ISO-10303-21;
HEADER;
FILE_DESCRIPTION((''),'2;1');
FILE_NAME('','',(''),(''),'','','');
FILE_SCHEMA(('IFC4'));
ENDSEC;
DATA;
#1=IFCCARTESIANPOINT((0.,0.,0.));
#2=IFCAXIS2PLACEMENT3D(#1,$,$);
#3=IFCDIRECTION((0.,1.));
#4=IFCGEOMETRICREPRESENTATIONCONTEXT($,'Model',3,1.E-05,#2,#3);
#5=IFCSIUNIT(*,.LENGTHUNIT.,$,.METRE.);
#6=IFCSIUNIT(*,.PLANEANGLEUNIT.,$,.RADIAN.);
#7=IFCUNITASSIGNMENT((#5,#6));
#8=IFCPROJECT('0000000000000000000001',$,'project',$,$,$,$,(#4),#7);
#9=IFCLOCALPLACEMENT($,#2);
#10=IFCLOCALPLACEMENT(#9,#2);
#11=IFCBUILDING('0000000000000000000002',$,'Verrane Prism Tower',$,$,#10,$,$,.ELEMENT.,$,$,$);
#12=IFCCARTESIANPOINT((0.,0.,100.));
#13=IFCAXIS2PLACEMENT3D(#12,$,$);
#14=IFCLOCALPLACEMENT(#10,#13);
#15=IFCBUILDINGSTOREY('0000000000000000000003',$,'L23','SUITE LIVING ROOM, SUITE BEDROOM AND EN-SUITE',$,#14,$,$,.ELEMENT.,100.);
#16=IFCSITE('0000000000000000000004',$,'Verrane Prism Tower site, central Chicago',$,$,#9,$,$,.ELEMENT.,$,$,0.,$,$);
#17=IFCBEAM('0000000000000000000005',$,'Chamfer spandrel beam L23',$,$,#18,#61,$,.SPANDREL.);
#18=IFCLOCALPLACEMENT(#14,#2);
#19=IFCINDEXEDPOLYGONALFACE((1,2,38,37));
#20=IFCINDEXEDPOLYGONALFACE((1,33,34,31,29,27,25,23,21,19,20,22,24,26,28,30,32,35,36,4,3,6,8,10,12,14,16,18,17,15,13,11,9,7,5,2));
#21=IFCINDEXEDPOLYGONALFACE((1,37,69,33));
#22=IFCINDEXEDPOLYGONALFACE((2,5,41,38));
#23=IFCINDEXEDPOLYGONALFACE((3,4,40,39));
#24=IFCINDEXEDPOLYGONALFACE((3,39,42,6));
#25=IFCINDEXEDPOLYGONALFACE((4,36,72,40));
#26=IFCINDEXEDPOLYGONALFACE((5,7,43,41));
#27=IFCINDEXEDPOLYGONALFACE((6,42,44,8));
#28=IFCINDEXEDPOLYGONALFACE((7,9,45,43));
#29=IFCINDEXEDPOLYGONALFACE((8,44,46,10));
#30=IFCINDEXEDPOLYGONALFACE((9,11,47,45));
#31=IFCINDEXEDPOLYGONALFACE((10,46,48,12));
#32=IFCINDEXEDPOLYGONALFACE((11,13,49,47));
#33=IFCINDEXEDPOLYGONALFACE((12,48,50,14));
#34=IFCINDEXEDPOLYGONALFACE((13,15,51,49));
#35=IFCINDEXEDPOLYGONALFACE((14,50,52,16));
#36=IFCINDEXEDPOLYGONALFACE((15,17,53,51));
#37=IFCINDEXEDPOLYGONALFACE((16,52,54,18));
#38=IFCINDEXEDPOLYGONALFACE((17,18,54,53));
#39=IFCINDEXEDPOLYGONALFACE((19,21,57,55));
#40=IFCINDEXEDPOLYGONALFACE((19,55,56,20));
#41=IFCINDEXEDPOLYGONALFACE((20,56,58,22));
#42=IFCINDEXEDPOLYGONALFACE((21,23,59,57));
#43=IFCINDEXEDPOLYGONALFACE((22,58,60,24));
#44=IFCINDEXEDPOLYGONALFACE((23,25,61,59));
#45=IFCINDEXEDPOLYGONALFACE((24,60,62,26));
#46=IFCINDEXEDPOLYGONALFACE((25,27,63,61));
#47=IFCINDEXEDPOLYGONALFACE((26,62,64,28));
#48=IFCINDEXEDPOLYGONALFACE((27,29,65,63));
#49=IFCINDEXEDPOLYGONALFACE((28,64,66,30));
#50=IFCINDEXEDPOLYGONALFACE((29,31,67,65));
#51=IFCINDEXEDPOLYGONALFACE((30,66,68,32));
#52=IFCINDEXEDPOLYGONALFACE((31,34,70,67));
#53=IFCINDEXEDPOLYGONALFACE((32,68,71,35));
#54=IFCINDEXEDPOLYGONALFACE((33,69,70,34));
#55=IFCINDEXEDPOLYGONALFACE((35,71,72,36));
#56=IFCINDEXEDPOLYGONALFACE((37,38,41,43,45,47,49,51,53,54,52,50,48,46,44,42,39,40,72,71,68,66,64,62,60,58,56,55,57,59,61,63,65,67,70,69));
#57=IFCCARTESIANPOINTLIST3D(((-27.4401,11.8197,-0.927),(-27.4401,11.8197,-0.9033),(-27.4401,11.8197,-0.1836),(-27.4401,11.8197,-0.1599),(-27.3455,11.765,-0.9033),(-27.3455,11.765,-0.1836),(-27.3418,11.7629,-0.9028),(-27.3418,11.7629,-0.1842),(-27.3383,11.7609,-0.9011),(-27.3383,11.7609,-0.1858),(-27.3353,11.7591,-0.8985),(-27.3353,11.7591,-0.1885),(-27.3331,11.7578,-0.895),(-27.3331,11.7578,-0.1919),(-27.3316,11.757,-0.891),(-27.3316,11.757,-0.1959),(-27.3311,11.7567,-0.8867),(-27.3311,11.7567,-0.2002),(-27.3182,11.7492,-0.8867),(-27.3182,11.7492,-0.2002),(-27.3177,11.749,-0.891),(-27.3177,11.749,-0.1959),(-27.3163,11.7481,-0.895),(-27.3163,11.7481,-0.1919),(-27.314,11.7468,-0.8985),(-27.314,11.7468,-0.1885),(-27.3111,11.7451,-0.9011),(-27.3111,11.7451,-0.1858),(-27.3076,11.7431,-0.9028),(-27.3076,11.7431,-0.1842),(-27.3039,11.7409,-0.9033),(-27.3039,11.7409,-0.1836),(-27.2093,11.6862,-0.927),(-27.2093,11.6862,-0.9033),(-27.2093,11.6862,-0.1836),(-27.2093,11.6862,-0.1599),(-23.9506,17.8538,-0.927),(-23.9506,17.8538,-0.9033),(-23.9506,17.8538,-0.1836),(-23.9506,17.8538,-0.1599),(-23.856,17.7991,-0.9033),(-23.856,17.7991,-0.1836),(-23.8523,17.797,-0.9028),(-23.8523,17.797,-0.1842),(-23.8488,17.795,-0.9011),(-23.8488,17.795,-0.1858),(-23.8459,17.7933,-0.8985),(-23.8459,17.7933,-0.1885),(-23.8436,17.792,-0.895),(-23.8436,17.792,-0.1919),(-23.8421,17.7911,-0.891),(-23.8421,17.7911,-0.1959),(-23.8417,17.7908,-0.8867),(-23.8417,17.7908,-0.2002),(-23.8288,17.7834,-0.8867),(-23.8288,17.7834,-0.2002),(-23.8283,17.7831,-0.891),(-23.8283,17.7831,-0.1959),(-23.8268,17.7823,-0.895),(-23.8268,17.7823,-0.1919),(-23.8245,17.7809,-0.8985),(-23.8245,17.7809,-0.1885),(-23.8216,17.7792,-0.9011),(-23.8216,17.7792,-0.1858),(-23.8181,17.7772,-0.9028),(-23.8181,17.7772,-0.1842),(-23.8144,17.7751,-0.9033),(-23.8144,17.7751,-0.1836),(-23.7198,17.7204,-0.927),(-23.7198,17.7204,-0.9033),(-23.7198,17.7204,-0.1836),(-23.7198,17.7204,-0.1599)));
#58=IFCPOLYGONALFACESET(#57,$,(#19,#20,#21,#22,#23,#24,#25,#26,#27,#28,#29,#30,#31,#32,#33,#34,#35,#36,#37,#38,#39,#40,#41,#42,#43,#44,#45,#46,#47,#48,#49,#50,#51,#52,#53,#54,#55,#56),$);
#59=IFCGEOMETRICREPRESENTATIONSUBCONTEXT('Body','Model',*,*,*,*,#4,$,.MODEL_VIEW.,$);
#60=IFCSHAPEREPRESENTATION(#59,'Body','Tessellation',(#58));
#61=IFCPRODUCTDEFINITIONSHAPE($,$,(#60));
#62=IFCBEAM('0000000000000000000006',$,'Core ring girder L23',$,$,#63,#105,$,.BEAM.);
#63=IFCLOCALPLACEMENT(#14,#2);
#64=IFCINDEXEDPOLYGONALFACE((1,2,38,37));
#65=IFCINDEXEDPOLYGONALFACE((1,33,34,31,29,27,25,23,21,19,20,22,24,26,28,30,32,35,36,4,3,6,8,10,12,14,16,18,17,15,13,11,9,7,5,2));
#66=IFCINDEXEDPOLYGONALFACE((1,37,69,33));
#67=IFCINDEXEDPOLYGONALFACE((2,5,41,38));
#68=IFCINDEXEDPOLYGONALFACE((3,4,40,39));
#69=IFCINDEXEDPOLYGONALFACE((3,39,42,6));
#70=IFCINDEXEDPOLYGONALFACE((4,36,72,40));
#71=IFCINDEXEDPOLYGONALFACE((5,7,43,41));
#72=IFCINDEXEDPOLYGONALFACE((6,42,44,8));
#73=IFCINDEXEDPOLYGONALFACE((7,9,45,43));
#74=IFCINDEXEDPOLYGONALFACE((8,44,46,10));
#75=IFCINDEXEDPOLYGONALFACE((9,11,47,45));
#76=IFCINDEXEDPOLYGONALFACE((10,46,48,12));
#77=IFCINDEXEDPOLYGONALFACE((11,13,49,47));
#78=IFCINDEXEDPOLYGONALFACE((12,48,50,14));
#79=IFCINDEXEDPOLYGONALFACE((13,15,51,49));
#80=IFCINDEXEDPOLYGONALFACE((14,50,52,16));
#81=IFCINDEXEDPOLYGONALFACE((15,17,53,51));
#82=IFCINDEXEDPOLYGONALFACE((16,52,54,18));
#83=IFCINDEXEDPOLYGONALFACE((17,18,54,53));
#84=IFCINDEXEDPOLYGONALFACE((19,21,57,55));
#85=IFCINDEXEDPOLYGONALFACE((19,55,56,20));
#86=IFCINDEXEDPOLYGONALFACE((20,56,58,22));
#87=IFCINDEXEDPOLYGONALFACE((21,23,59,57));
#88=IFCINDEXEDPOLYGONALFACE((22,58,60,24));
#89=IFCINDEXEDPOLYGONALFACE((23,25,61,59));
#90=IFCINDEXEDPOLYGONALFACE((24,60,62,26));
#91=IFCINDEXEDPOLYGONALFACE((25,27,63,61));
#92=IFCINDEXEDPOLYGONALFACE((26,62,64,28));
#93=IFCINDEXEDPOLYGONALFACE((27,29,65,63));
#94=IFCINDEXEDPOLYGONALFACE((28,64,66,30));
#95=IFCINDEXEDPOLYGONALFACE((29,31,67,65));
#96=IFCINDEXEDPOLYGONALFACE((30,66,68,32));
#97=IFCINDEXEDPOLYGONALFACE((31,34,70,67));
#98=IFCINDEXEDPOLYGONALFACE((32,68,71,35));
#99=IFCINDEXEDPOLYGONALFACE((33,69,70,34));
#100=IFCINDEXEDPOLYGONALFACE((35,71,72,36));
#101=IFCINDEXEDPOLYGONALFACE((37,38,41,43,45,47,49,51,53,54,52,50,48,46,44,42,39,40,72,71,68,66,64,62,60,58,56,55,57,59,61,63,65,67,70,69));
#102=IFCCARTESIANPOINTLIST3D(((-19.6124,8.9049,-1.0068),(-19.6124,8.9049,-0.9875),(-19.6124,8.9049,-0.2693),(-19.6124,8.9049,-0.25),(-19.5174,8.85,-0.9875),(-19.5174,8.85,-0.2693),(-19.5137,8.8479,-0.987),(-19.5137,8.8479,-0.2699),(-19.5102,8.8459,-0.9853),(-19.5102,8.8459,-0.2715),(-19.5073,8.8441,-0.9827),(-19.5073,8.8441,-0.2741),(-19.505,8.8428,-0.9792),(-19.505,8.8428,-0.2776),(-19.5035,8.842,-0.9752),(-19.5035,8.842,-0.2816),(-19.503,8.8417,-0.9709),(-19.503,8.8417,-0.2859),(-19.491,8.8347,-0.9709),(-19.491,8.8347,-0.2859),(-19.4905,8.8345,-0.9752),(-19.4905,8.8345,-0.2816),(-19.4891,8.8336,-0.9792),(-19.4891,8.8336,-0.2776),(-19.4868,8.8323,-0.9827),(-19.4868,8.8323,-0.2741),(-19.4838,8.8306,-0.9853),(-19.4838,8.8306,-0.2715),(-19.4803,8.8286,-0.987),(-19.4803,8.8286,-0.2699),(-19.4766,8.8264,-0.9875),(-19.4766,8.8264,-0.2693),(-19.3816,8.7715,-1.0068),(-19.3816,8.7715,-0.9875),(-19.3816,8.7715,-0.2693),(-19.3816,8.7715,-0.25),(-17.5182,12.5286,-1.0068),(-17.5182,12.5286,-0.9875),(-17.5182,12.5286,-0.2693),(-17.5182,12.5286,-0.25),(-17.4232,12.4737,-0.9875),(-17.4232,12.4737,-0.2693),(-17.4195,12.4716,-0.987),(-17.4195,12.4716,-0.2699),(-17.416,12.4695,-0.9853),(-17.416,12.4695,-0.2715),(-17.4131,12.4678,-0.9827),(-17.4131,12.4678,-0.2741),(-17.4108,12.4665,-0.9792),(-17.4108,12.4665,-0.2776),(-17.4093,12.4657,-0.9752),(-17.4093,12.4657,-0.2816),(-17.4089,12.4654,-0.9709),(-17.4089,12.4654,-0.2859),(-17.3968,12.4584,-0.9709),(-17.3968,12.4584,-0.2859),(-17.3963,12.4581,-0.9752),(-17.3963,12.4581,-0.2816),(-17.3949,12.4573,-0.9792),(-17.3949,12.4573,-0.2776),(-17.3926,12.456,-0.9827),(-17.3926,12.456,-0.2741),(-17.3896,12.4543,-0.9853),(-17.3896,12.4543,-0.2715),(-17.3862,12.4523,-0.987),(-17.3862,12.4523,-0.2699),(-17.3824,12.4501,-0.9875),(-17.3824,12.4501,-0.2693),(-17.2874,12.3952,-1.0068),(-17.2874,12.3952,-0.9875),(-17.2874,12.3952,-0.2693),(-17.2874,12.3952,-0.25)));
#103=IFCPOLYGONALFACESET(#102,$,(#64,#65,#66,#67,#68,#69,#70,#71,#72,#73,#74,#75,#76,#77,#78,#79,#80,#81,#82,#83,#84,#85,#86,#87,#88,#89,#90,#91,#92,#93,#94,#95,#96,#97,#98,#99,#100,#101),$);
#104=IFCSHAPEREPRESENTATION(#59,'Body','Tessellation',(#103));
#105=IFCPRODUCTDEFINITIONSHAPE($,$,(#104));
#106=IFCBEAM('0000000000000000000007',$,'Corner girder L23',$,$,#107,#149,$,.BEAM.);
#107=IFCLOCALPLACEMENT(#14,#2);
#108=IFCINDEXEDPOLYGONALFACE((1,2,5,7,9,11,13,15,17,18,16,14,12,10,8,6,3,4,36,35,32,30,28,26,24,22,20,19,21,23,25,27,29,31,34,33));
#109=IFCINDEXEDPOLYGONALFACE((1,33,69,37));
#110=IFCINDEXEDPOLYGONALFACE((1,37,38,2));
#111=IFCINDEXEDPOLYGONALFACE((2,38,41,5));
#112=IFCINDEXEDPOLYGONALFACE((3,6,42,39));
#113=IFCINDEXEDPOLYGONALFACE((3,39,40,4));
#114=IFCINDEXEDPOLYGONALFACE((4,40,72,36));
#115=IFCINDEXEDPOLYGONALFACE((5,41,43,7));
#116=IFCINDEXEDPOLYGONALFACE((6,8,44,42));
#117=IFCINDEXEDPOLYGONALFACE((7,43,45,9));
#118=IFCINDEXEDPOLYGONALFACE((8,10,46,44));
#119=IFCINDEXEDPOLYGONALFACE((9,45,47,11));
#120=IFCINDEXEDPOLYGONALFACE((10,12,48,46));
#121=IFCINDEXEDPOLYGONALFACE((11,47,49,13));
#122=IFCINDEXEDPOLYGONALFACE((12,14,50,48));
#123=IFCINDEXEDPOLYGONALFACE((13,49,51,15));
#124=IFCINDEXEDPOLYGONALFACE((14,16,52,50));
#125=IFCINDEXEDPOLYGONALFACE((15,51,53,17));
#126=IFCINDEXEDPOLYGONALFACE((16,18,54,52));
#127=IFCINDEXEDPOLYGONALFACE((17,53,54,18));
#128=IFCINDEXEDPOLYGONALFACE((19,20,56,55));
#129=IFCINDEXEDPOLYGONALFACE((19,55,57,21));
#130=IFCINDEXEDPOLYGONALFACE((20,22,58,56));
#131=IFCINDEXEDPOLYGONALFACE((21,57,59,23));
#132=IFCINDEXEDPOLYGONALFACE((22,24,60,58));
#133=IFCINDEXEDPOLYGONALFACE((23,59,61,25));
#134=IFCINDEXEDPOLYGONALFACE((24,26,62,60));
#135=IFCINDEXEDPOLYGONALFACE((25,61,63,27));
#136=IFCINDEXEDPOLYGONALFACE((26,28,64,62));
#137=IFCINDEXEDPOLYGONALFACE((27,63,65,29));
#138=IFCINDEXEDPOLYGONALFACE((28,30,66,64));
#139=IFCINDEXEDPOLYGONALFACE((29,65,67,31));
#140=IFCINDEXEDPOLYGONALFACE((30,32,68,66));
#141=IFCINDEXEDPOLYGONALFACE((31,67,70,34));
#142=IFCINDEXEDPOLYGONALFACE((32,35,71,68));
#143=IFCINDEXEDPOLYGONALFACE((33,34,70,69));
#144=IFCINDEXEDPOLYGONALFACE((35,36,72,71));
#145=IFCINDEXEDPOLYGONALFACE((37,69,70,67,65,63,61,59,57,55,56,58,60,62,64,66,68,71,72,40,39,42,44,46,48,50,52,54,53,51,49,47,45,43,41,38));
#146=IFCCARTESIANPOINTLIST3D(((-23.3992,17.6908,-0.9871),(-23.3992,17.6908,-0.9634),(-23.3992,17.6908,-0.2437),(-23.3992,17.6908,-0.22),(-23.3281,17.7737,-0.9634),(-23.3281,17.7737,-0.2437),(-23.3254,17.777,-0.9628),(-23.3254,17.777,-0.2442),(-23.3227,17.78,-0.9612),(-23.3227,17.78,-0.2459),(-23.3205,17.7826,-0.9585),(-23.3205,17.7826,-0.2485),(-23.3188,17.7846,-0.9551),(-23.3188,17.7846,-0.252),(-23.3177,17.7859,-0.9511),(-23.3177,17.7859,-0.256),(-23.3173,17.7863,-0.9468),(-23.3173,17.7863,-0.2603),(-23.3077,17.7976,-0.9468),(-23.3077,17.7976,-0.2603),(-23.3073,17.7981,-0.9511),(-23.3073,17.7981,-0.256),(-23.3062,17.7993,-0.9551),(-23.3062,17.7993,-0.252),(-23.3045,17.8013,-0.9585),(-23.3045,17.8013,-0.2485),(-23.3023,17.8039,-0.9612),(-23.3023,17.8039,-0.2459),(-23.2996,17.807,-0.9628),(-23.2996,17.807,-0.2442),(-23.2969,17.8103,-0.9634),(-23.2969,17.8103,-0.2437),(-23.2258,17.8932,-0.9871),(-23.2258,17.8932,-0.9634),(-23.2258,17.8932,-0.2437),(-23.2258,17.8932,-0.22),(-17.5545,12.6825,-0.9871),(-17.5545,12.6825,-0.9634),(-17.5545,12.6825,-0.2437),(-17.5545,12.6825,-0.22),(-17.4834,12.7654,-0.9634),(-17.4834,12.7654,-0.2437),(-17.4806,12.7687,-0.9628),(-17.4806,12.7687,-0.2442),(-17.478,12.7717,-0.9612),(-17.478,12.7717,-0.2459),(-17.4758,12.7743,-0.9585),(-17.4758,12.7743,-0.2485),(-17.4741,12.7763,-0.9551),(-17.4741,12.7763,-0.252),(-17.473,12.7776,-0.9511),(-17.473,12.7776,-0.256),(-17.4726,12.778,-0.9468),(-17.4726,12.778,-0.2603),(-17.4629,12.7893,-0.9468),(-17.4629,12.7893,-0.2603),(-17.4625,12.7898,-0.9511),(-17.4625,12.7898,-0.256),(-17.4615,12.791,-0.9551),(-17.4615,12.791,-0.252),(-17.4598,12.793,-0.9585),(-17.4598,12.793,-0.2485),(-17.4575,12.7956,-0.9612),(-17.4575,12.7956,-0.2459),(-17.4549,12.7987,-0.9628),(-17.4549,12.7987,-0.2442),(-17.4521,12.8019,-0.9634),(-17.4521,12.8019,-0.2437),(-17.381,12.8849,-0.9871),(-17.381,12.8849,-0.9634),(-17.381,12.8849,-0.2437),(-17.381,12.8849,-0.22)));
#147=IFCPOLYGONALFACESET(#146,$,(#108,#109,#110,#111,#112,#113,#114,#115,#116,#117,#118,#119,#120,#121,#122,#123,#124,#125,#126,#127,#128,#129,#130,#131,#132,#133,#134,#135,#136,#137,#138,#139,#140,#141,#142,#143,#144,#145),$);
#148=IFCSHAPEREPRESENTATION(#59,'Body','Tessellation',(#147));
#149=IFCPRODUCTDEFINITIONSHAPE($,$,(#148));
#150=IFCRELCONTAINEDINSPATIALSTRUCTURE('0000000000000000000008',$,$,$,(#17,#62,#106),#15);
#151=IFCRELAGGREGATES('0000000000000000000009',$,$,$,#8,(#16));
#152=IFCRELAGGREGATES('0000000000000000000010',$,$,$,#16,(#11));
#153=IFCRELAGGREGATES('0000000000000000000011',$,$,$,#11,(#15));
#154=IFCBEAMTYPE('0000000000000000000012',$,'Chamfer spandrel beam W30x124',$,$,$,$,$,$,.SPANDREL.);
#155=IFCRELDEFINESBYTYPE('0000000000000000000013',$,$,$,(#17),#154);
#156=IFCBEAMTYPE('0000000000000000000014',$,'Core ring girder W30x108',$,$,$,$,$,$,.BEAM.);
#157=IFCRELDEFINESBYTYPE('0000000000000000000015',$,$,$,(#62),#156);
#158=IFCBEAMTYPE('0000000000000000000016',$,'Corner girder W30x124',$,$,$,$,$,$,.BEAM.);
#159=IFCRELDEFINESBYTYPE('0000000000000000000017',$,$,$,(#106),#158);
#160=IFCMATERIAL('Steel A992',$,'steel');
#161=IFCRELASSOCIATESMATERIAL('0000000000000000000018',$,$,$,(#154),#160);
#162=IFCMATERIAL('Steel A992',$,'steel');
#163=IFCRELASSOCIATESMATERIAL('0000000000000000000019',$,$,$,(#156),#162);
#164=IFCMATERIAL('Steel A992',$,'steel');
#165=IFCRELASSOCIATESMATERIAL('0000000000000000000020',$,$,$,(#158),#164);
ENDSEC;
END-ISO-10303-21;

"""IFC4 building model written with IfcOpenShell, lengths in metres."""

from ifc_helpers import new_model, si_unit, direction, frame, origin, origin_2d, place, context, subcontext, project, spatial, i_section, extrude, material, material_profile, profile_set, type_object, element, save


model = new_model("IFC4")

# Units and contexts
model_context = context("Model", 3, precision=1e-05, world=origin(), true_north=direction((0.0, 1.0)))
body_context = subcontext(model_context, "Body", "Model", "MODEL_VIEW")
ifc_project = project(units=[si_unit("LENGTHUNIT", "METRE"), si_unit("PLANEANGLEUNIT", "RADIAN")], contexts=[model_context])

# Site, building, storey
site_placement = place(None, origin())
site = spatial("IfcSite", under=ifc_project, at=site_placement, Name="Verrane Prism Tower site, central Chicago", CompositionType="ELEMENT", RefElevation=0.0)
building_placement = place(site_placement, origin())
building = spatial("IfcBuilding", under=site, at=building_placement, Name="Verrane Prism Tower", CompositionType="ELEMENT")
storey_placement = place(building_placement, frame((0.0, 0.0, 100.0)))
storey = spatial("IfcBuildingStorey", under=building, at=storey_placement, Name="L23", Description="SUITE LIVING ROOM, SUITE BEDROOM AND EN-SUITE", CompositionType="ELEMENT", Elevation=100.0)

# Beams
ifc_material_1 = material(Name="Steel A992", Category="steel")
ifc_material_profile_1 = material_profile(ifc_material_1, i_section(OverallWidth=0.2666, OverallDepth=0.7671, WebThickness=0.0149, FlangeThickness=0.0237, FilletRadius=0.0166, at=origin_2d()), Name="W30x124")
ifc_profile_set_1 = profile_set([ifc_material_profile_1], Name="Steel A992")
beam_type_1 = type_object("IfcBeamType", Name="Chamfer spandrel beam W30x124", PredefinedType="SPANDREL", material=ifc_profile_set_1)
beam_1_placement = place(storey_placement, frame((-23.8352, 17.7871, -0.5435), z_axis=(-0.50061, -0.865673, 0.0), x_axis=(0.865673, -0.50061, 0.0)))
element("IfcBeam", 1, at=beam_1_placement, inside=storey, type_object=beam_type_1, Name="Chamfer spandrel beam L23", PredefinedType="SPANDREL", context=body_context, shape_type="SweptSolid", body=[
    extrude(i_section(OverallWidth=0.2666, OverallDepth=0.7671, WebThickness=0.0149, FlangeThickness=0.0237, FilletRadius=0.0166, at=origin_2d()), origin(), (0.0, 0.0, 1.0), 6.9705),
])
ifc_material_2 = material(Name="Steel A992", Category="steel")
ifc_material_profile_2 = material_profile(ifc_material_2, i_section(OverallWidth=0.2666, OverallDepth=0.7568, WebThickness=0.0139, FlangeThickness=0.0193, FilletRadius=0.0166, at=origin_2d()), Name="W30x108")
ifc_profile_set_2 = profile_set([ifc_material_profile_2], Name="Steel A992")
beam_type_2 = type_object("IfcBeamType", Name="Core ring girder W30x108", PredefinedType="BEAM", material=ifc_profile_set_2)
beam_2_placement = place(storey_placement, frame((-17.4028, 12.4619, -0.6284), z_axis=(-0.500367, -0.865813, 0.0), x_axis=(0.865813, -0.500367, 0.0)))
element("IfcBeam", 2, at=beam_2_placement, inside=storey, type_object=beam_type_2, Name="Core ring girder L23", PredefinedType="BEAM", context=body_context, shape_type="SweptSolid", body=[
    extrude(i_section(OverallWidth=0.2666, OverallDepth=0.7568, WebThickness=0.0139, FlangeThickness=0.0193, FilletRadius=0.0166, at=origin_2d()), origin(), (0.0, 0.0, 1.0), 4.1853),
])
ifc_material_3 = material(Name="Steel A992", Category="steel")
ifc_material_profile_3 = material_profile(ifc_material_3, i_section(OverallWidth=0.2666, OverallDepth=0.7671, WebThickness=0.0149, FlangeThickness=0.0237, FilletRadius=0.0166, at=origin_2d()), Name="W30x124")
ifc_profile_set_3 = profile_set([ifc_material_profile_3], Name="Steel A992")
beam_type_3 = type_object("IfcBeamType", Name="Corner girder W30x124", PredefinedType="BEAM", material=ifc_profile_set_3)
beam_3_placement = place(storey_placement, frame((-23.3125, 17.792, -0.6035), z_axis=(0.759351, -0.650682, 0.0), x_axis=(0.650682, 0.759351, 0.0)))
element("IfcBeam", 3, at=beam_3_placement, inside=storey, type_object=beam_type_3, Name="Corner girder L23", PredefinedType="BEAM", context=body_context, shape_type="SweptSolid", body=[
    extrude(i_section(OverallWidth=0.2666, OverallDepth=0.7671, WebThickness=0.0149, FlangeThickness=0.0237, FilletRadius=0.0166, at=origin_2d()), origin(), (0.0, 0.0, 1.0), 7.697),
])

save(model, "model.ifc")
